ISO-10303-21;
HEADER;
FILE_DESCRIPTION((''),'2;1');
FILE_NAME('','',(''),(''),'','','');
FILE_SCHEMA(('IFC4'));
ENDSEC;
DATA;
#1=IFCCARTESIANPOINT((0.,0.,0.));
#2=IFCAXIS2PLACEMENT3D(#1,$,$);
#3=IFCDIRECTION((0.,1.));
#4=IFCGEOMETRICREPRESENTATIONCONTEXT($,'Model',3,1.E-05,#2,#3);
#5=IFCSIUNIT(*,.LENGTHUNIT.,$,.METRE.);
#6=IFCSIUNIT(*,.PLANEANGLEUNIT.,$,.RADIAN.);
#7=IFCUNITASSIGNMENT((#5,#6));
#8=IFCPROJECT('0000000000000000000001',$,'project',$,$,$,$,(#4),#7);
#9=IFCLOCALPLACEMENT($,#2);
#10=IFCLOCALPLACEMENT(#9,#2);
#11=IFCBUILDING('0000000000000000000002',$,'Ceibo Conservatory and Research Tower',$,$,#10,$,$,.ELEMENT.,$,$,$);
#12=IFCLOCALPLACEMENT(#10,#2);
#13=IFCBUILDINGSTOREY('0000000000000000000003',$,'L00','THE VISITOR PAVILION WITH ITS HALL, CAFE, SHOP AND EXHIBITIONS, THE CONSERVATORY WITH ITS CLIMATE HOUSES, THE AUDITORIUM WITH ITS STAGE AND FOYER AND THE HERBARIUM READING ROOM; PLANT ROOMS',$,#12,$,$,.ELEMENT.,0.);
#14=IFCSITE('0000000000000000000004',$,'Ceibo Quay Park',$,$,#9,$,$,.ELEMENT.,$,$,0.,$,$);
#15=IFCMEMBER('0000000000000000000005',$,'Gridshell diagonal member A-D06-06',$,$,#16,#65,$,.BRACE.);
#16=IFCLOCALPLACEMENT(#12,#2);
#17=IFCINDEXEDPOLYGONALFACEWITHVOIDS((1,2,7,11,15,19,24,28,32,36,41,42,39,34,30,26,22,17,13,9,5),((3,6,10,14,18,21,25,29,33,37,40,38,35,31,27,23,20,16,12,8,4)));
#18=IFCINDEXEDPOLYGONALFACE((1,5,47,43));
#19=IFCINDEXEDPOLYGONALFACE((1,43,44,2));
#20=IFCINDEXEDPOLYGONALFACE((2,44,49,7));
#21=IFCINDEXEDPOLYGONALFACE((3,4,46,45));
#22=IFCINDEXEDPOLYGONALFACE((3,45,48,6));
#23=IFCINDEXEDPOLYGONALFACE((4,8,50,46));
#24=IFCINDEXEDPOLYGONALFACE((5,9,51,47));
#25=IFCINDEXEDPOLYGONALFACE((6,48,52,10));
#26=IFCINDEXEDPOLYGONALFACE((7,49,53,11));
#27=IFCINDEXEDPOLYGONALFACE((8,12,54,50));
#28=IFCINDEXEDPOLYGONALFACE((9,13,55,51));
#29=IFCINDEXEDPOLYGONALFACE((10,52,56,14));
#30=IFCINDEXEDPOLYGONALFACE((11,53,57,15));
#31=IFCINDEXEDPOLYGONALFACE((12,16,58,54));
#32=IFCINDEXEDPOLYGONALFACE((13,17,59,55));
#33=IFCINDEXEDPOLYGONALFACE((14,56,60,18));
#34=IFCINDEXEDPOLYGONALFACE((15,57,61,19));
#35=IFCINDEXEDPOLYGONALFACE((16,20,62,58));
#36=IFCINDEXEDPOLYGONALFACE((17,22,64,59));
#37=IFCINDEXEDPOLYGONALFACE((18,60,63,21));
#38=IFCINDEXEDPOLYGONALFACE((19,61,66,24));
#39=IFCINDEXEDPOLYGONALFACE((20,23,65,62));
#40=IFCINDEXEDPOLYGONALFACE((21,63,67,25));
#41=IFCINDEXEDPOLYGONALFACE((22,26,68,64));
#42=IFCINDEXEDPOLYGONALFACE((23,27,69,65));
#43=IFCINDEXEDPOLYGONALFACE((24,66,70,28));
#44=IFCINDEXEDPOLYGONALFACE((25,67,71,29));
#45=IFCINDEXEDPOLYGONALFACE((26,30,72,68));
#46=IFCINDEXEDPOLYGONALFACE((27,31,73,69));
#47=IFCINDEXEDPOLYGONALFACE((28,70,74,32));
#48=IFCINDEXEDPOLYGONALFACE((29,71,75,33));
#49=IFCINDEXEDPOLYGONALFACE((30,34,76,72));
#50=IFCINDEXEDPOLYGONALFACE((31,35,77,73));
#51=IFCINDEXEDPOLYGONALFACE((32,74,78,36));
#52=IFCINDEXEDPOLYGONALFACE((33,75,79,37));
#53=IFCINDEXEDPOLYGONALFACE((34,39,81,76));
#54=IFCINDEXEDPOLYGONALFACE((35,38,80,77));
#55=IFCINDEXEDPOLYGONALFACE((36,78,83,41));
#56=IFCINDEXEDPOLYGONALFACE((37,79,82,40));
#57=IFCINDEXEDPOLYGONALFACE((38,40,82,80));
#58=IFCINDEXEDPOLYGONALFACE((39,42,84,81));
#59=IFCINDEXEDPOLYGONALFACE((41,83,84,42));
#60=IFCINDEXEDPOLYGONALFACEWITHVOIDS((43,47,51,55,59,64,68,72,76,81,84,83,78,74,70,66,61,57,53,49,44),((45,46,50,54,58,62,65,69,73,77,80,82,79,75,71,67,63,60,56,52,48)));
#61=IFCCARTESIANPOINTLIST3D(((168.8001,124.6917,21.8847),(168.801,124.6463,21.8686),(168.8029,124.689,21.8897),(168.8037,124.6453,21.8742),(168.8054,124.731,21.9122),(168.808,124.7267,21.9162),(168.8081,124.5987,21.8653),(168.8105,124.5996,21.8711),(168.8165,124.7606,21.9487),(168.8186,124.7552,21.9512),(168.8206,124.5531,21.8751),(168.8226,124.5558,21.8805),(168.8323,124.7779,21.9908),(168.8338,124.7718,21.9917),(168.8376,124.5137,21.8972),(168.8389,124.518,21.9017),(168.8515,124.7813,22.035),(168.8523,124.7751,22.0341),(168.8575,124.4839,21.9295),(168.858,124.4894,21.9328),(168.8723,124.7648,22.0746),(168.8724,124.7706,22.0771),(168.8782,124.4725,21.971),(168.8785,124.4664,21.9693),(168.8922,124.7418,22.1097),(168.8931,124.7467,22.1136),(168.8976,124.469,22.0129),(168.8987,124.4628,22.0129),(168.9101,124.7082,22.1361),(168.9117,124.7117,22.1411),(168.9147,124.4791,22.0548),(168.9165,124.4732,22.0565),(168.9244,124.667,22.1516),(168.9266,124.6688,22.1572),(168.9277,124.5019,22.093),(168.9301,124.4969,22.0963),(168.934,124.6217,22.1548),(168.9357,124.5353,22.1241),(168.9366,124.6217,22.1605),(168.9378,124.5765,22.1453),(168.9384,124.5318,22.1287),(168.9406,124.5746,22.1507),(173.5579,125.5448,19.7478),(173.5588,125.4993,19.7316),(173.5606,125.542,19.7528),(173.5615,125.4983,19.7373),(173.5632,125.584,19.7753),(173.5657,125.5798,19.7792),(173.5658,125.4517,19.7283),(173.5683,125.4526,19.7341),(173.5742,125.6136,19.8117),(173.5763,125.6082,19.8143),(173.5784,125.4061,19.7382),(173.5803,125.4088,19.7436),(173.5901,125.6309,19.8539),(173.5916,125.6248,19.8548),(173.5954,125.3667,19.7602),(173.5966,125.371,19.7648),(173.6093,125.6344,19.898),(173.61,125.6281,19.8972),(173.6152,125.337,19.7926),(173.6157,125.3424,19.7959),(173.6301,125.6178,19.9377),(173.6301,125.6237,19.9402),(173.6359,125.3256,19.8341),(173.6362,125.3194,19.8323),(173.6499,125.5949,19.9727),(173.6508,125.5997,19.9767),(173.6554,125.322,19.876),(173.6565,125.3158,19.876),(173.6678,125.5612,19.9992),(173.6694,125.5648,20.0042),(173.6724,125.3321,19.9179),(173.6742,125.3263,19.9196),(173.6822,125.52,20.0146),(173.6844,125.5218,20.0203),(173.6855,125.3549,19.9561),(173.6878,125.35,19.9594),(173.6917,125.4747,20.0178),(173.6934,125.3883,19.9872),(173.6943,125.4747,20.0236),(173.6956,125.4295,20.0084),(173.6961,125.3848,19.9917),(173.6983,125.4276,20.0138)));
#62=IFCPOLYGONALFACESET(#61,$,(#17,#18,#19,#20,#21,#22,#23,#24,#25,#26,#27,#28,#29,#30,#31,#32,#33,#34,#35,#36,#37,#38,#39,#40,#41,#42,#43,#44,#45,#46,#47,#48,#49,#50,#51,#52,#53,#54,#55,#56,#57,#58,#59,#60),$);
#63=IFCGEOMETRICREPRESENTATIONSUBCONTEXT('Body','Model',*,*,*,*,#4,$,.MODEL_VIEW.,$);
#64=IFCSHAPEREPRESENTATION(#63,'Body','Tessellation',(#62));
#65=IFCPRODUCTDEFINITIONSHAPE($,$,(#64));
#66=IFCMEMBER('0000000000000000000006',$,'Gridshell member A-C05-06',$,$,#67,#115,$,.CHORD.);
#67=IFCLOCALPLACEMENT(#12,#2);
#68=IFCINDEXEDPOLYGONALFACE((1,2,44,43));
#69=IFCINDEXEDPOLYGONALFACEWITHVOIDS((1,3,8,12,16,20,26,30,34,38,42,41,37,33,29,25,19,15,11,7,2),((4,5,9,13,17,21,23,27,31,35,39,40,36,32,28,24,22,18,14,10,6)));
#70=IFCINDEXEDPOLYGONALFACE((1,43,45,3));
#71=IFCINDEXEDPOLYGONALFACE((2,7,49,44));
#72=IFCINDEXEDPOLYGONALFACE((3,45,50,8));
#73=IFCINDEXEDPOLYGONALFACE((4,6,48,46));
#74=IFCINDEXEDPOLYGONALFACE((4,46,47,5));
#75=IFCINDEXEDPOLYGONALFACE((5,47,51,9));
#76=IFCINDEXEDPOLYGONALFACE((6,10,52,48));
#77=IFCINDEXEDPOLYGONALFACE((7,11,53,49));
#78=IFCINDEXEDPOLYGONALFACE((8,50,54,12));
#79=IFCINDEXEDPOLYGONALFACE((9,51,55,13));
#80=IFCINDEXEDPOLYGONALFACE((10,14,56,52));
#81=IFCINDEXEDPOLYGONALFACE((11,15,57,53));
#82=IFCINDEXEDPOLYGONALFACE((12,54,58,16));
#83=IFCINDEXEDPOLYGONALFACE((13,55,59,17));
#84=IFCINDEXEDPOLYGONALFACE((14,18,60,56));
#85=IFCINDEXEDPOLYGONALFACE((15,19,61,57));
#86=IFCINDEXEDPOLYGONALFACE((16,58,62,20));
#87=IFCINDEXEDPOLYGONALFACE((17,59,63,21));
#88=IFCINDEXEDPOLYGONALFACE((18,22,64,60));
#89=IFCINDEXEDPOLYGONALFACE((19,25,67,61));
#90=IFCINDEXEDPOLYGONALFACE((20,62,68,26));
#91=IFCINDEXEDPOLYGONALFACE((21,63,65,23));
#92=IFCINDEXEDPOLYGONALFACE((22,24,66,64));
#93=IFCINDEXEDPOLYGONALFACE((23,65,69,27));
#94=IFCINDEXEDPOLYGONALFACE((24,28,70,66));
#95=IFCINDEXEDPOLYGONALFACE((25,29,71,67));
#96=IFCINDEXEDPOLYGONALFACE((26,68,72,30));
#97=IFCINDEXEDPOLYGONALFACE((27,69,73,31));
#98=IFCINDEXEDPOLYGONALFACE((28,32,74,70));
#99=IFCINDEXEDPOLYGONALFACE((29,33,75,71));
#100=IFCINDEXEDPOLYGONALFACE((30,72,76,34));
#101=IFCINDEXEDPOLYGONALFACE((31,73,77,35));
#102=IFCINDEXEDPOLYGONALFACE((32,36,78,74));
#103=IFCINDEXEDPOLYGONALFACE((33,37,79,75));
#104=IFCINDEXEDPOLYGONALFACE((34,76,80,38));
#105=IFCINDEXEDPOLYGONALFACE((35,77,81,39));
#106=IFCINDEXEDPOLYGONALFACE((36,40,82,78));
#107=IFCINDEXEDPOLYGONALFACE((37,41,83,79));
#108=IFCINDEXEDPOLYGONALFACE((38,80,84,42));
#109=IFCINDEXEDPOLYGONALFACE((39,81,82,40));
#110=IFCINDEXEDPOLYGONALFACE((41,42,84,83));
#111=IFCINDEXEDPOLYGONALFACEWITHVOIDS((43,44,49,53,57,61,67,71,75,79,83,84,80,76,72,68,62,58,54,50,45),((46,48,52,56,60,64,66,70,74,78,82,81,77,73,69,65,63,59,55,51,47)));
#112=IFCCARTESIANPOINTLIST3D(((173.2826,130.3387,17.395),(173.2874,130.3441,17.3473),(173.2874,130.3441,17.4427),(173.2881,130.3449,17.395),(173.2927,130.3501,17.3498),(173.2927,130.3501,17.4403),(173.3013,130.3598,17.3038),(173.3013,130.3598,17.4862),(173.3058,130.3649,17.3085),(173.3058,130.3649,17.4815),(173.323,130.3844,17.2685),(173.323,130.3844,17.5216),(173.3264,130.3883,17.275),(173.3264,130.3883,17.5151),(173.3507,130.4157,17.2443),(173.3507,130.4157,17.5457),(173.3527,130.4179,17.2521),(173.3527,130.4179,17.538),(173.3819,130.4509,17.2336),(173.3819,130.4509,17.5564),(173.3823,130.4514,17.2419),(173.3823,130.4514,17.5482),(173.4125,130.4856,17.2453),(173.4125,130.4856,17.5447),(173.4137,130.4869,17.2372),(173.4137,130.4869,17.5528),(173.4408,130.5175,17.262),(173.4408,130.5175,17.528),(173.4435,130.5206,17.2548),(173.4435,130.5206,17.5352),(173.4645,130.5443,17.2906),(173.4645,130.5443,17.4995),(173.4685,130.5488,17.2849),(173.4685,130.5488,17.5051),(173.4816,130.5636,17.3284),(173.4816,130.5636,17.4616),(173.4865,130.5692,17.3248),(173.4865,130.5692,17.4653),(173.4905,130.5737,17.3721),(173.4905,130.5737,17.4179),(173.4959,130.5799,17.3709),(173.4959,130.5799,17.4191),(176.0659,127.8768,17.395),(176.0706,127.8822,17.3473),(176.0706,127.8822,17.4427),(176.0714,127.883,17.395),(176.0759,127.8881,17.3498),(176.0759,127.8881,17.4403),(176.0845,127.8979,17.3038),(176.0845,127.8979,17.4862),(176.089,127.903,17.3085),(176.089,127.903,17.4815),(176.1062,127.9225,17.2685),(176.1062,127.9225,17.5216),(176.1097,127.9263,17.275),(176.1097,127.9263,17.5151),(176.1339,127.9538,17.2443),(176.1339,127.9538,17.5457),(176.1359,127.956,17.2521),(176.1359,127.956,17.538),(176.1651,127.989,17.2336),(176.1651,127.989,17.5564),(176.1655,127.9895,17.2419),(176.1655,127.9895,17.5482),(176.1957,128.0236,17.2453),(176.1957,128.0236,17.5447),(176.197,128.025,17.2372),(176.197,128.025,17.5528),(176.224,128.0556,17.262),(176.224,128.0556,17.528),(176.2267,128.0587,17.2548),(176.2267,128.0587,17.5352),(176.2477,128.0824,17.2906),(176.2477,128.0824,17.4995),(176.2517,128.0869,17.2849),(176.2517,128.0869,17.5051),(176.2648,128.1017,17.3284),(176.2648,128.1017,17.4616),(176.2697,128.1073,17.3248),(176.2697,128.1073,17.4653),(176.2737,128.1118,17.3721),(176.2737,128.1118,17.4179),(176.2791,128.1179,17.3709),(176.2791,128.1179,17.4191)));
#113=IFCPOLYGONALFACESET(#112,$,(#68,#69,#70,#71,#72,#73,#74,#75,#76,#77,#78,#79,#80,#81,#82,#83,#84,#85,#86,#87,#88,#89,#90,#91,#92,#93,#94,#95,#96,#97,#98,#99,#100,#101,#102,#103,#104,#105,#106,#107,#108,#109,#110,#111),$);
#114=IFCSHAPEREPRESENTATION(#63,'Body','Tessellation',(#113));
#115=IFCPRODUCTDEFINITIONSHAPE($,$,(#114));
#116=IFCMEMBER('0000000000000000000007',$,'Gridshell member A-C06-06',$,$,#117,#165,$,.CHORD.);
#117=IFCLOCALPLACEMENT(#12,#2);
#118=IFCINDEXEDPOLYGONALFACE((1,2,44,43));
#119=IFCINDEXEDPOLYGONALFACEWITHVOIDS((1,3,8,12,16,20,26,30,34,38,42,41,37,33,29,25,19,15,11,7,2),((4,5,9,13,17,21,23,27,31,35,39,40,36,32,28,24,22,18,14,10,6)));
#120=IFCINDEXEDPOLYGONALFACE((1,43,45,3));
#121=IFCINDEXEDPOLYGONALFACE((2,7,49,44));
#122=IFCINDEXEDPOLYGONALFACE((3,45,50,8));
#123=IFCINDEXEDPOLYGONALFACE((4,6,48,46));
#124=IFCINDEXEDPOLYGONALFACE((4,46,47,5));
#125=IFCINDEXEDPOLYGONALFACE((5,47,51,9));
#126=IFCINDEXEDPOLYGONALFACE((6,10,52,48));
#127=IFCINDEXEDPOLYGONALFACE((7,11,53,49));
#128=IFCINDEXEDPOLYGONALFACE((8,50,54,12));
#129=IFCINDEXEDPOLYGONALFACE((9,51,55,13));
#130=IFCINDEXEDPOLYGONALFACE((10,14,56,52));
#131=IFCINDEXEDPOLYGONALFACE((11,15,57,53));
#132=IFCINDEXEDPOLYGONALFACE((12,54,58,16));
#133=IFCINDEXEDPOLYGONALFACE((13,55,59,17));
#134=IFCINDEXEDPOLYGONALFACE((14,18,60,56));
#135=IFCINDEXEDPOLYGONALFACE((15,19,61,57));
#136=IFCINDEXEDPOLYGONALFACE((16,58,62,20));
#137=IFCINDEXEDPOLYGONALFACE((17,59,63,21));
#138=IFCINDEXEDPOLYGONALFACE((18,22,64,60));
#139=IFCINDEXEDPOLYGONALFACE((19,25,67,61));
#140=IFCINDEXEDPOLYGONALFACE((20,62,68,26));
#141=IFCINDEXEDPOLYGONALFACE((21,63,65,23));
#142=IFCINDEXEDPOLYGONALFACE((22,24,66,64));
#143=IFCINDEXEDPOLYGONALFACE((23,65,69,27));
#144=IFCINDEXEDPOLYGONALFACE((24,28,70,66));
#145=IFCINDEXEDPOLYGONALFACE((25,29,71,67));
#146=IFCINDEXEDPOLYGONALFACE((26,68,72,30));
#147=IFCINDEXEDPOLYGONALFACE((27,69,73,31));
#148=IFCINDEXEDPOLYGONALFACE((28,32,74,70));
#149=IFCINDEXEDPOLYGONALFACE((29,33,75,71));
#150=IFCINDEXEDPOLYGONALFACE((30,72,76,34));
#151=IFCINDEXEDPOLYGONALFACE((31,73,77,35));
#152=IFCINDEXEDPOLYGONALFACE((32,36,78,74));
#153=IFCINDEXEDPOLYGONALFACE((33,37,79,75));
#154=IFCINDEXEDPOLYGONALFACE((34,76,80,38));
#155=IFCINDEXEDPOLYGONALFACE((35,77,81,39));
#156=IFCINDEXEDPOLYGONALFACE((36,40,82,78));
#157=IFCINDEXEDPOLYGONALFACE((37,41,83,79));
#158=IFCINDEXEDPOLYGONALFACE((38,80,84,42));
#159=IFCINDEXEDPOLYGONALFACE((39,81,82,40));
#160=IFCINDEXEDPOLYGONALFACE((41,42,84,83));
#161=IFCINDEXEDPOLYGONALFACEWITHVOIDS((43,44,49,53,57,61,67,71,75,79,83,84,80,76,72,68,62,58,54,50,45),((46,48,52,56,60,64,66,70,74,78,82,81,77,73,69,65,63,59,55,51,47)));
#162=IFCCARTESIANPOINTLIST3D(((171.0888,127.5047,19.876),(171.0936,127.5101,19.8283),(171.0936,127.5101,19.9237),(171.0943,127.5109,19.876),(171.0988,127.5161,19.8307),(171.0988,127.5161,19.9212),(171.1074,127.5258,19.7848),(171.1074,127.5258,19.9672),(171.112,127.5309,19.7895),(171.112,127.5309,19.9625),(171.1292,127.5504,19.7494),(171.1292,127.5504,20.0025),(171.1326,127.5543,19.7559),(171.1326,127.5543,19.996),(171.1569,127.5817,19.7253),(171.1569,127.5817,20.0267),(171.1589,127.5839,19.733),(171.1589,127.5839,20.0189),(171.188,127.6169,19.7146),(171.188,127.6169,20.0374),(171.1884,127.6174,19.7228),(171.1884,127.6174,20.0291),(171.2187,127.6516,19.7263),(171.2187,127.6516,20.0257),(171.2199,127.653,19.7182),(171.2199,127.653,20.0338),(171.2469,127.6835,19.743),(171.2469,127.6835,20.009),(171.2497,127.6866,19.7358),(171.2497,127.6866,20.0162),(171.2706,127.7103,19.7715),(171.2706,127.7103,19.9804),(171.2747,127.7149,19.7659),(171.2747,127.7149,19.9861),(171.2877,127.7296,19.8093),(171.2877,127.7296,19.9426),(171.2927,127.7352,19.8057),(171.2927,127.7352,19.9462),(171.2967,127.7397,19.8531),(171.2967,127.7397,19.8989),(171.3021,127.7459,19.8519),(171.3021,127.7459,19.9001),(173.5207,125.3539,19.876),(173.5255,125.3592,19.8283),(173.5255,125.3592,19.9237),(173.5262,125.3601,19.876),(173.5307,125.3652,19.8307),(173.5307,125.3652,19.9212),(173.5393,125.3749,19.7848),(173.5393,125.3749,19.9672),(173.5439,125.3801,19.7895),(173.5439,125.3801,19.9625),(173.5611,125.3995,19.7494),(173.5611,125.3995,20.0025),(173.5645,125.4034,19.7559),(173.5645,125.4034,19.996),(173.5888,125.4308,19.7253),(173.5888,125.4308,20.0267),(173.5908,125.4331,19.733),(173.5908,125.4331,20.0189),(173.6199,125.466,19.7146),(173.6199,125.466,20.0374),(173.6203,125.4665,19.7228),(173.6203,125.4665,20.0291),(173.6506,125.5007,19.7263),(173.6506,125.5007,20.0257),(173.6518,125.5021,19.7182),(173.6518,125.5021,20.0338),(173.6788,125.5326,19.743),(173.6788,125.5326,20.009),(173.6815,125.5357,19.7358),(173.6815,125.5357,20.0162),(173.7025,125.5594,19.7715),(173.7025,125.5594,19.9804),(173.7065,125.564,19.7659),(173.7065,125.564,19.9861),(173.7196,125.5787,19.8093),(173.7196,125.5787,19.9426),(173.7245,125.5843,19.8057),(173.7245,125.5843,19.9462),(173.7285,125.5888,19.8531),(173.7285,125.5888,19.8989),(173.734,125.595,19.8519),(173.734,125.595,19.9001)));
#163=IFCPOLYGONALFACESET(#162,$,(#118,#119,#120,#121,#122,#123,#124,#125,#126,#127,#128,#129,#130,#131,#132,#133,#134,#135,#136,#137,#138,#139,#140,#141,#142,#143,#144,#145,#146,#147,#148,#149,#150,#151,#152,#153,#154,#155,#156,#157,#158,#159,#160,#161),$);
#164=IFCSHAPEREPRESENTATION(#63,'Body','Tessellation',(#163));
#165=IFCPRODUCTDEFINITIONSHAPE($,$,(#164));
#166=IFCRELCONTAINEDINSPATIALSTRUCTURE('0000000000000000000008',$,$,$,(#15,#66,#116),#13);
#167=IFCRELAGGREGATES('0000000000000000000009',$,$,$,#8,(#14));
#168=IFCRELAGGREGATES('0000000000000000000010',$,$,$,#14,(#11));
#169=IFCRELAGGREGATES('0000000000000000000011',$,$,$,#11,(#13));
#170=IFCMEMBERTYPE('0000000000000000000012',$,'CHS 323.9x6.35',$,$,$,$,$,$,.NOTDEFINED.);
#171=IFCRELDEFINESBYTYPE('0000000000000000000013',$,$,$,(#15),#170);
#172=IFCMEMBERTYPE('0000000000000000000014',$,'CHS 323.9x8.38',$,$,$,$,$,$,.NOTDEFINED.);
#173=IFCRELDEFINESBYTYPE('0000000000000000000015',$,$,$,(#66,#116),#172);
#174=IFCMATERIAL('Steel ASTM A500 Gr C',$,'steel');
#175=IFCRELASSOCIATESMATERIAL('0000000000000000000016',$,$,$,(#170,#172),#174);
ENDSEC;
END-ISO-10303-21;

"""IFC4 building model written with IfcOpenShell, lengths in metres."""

from ifc_helpers import new_model, si_unit, direction, frame, origin, origin_2d, place, context, subcontext, project, spatial, hollow_circle, extrude, material, material_profile, profile_set, type_object, element, save


model = new_model("IFC4")

# Units and contexts
model_context = context("Model", 3, precision=1e-05, world=origin(), true_north=direction((0.0, 1.0)))
body_context = subcontext(model_context, "Body", "Model", "MODEL_VIEW")
ifc_project = project(units=[si_unit("LENGTHUNIT", "METRE"), si_unit("PLANEANGLEUNIT", "RADIAN")], contexts=[model_context])

# Site, building, storey
site_placement = place(None, origin())
site = spatial("IfcSite", under=ifc_project, at=site_placement, Name="Ceibo Quay Park", CompositionType="ELEMENT", RefElevation=0.0)
building_placement = place(site_placement, origin())
building = spatial("IfcBuilding", under=site, at=building_placement, Name="Ceibo Conservatory and Research Tower", CompositionType="ELEMENT")
storey_placement = place(building_placement, origin())
storey = spatial("IfcBuildingStorey", under=building, at=storey_placement, Name="L00", Description="THE VISITOR PAVILION WITH ITS HALL, CAFE, SHOP AND EXHIBITIONS, THE CONSERVATORY WITH ITS CLIMATE HOUSES, THE AUDITORIUM WITH ITS STAGE AND FOYER AND THE HERBARIUM READING ROOM; PLANT ROOMS", CompositionType="ELEMENT", Elevation=0.0)

# Members
ifc_material_1 = material(Name="Steel ASTM A500 Gr C", Category="steel")
ifc_material_profile_1 = material_profile(ifc_material_1, hollow_circle(Radius=0.1619, WallThickness=0.0063, at=origin_2d()), Name="CHS 323.9x6.35")
ifc_profile_set_1 = profile_set([ifc_material_profile_1], Name="Steel ASTM A500 Gr C")
member_type_1 = type_object("IfcMemberType", Name="CHS 323.9x6.35", PredefinedType="NOTDEFINED", material=ifc_profile_set_1)
member_1_placement = place(storey_placement, frame((173.6279, 125.4751, 19.876), z_axis=(-0.900251, -0.161406, 0.404346), x_axis=(0.176476, -0.984305, 0.0)))
element("IfcMember", 1, at=member_1_placement, inside=storey, type_object=member_type_1, Name="Gridshell diagonal member A-D06-06", PredefinedType="BRACE", context=body_context, shape_type="SweptSolid", body=[
    extrude(hollow_circle(Radius=0.1619, WallThickness=0.0063, at=origin_2d()), origin(), (0.0, 0.0, 1.0), 5.2849),
])
ifc_material_profile_2 = material_profile(ifc_material_1, hollow_circle(Radius=0.1619, WallThickness=0.0083, at=origin_2d()), Name="CHS 323.9x8.38")
ifc_profile_set_2 = profile_set([ifc_material_profile_2], Name="Steel ASTM A500 Gr C")
member_type_2 = type_object("IfcMemberType", Name="CHS 323.9x8.38", PredefinedType="NOTDEFINED", material=ifc_profile_set_2)
member_2_placement = place(storey_placement, frame((176.1731, 127.998, 17.395), z_axis=(-0.749017, 0.662551, 0.0), x_axis=(-0.662551, -0.749017, 0.0)))
element("IfcMember", 2, at=member_2_placement, inside=storey, type_object=member_type_2, Name="Gridshell member A-C05-06", PredefinedType="CHORD", context=body_context, shape_type="SweptSolid", body=[
    extrude(hollow_circle(Radius=0.1619, WallThickness=0.0083, at=origin_2d()), origin(), (0.0, 0.0, 1.0), 3.7158),
])
member_3_placement = place(storey_placement, frame((173.6279, 125.4751, 19.876), z_axis=(-0.749058, 0.662504, 0.0), x_axis=(-0.662504, -0.749058, 0.0)))
element("IfcMember", 3, at=member_3_placement, inside=storey, type_object=member_type_2, Name="Gridshell member A-C06-06", PredefinedType="CHORD", context=body_context, shape_type="SweptSolid", body=[
    extrude(hollow_circle(Radius=0.1619, WallThickness=0.0083, at=origin_2d()), origin(), (0.0, 0.0, 1.0), 3.2466),
])

save(model, "model.ifc")
